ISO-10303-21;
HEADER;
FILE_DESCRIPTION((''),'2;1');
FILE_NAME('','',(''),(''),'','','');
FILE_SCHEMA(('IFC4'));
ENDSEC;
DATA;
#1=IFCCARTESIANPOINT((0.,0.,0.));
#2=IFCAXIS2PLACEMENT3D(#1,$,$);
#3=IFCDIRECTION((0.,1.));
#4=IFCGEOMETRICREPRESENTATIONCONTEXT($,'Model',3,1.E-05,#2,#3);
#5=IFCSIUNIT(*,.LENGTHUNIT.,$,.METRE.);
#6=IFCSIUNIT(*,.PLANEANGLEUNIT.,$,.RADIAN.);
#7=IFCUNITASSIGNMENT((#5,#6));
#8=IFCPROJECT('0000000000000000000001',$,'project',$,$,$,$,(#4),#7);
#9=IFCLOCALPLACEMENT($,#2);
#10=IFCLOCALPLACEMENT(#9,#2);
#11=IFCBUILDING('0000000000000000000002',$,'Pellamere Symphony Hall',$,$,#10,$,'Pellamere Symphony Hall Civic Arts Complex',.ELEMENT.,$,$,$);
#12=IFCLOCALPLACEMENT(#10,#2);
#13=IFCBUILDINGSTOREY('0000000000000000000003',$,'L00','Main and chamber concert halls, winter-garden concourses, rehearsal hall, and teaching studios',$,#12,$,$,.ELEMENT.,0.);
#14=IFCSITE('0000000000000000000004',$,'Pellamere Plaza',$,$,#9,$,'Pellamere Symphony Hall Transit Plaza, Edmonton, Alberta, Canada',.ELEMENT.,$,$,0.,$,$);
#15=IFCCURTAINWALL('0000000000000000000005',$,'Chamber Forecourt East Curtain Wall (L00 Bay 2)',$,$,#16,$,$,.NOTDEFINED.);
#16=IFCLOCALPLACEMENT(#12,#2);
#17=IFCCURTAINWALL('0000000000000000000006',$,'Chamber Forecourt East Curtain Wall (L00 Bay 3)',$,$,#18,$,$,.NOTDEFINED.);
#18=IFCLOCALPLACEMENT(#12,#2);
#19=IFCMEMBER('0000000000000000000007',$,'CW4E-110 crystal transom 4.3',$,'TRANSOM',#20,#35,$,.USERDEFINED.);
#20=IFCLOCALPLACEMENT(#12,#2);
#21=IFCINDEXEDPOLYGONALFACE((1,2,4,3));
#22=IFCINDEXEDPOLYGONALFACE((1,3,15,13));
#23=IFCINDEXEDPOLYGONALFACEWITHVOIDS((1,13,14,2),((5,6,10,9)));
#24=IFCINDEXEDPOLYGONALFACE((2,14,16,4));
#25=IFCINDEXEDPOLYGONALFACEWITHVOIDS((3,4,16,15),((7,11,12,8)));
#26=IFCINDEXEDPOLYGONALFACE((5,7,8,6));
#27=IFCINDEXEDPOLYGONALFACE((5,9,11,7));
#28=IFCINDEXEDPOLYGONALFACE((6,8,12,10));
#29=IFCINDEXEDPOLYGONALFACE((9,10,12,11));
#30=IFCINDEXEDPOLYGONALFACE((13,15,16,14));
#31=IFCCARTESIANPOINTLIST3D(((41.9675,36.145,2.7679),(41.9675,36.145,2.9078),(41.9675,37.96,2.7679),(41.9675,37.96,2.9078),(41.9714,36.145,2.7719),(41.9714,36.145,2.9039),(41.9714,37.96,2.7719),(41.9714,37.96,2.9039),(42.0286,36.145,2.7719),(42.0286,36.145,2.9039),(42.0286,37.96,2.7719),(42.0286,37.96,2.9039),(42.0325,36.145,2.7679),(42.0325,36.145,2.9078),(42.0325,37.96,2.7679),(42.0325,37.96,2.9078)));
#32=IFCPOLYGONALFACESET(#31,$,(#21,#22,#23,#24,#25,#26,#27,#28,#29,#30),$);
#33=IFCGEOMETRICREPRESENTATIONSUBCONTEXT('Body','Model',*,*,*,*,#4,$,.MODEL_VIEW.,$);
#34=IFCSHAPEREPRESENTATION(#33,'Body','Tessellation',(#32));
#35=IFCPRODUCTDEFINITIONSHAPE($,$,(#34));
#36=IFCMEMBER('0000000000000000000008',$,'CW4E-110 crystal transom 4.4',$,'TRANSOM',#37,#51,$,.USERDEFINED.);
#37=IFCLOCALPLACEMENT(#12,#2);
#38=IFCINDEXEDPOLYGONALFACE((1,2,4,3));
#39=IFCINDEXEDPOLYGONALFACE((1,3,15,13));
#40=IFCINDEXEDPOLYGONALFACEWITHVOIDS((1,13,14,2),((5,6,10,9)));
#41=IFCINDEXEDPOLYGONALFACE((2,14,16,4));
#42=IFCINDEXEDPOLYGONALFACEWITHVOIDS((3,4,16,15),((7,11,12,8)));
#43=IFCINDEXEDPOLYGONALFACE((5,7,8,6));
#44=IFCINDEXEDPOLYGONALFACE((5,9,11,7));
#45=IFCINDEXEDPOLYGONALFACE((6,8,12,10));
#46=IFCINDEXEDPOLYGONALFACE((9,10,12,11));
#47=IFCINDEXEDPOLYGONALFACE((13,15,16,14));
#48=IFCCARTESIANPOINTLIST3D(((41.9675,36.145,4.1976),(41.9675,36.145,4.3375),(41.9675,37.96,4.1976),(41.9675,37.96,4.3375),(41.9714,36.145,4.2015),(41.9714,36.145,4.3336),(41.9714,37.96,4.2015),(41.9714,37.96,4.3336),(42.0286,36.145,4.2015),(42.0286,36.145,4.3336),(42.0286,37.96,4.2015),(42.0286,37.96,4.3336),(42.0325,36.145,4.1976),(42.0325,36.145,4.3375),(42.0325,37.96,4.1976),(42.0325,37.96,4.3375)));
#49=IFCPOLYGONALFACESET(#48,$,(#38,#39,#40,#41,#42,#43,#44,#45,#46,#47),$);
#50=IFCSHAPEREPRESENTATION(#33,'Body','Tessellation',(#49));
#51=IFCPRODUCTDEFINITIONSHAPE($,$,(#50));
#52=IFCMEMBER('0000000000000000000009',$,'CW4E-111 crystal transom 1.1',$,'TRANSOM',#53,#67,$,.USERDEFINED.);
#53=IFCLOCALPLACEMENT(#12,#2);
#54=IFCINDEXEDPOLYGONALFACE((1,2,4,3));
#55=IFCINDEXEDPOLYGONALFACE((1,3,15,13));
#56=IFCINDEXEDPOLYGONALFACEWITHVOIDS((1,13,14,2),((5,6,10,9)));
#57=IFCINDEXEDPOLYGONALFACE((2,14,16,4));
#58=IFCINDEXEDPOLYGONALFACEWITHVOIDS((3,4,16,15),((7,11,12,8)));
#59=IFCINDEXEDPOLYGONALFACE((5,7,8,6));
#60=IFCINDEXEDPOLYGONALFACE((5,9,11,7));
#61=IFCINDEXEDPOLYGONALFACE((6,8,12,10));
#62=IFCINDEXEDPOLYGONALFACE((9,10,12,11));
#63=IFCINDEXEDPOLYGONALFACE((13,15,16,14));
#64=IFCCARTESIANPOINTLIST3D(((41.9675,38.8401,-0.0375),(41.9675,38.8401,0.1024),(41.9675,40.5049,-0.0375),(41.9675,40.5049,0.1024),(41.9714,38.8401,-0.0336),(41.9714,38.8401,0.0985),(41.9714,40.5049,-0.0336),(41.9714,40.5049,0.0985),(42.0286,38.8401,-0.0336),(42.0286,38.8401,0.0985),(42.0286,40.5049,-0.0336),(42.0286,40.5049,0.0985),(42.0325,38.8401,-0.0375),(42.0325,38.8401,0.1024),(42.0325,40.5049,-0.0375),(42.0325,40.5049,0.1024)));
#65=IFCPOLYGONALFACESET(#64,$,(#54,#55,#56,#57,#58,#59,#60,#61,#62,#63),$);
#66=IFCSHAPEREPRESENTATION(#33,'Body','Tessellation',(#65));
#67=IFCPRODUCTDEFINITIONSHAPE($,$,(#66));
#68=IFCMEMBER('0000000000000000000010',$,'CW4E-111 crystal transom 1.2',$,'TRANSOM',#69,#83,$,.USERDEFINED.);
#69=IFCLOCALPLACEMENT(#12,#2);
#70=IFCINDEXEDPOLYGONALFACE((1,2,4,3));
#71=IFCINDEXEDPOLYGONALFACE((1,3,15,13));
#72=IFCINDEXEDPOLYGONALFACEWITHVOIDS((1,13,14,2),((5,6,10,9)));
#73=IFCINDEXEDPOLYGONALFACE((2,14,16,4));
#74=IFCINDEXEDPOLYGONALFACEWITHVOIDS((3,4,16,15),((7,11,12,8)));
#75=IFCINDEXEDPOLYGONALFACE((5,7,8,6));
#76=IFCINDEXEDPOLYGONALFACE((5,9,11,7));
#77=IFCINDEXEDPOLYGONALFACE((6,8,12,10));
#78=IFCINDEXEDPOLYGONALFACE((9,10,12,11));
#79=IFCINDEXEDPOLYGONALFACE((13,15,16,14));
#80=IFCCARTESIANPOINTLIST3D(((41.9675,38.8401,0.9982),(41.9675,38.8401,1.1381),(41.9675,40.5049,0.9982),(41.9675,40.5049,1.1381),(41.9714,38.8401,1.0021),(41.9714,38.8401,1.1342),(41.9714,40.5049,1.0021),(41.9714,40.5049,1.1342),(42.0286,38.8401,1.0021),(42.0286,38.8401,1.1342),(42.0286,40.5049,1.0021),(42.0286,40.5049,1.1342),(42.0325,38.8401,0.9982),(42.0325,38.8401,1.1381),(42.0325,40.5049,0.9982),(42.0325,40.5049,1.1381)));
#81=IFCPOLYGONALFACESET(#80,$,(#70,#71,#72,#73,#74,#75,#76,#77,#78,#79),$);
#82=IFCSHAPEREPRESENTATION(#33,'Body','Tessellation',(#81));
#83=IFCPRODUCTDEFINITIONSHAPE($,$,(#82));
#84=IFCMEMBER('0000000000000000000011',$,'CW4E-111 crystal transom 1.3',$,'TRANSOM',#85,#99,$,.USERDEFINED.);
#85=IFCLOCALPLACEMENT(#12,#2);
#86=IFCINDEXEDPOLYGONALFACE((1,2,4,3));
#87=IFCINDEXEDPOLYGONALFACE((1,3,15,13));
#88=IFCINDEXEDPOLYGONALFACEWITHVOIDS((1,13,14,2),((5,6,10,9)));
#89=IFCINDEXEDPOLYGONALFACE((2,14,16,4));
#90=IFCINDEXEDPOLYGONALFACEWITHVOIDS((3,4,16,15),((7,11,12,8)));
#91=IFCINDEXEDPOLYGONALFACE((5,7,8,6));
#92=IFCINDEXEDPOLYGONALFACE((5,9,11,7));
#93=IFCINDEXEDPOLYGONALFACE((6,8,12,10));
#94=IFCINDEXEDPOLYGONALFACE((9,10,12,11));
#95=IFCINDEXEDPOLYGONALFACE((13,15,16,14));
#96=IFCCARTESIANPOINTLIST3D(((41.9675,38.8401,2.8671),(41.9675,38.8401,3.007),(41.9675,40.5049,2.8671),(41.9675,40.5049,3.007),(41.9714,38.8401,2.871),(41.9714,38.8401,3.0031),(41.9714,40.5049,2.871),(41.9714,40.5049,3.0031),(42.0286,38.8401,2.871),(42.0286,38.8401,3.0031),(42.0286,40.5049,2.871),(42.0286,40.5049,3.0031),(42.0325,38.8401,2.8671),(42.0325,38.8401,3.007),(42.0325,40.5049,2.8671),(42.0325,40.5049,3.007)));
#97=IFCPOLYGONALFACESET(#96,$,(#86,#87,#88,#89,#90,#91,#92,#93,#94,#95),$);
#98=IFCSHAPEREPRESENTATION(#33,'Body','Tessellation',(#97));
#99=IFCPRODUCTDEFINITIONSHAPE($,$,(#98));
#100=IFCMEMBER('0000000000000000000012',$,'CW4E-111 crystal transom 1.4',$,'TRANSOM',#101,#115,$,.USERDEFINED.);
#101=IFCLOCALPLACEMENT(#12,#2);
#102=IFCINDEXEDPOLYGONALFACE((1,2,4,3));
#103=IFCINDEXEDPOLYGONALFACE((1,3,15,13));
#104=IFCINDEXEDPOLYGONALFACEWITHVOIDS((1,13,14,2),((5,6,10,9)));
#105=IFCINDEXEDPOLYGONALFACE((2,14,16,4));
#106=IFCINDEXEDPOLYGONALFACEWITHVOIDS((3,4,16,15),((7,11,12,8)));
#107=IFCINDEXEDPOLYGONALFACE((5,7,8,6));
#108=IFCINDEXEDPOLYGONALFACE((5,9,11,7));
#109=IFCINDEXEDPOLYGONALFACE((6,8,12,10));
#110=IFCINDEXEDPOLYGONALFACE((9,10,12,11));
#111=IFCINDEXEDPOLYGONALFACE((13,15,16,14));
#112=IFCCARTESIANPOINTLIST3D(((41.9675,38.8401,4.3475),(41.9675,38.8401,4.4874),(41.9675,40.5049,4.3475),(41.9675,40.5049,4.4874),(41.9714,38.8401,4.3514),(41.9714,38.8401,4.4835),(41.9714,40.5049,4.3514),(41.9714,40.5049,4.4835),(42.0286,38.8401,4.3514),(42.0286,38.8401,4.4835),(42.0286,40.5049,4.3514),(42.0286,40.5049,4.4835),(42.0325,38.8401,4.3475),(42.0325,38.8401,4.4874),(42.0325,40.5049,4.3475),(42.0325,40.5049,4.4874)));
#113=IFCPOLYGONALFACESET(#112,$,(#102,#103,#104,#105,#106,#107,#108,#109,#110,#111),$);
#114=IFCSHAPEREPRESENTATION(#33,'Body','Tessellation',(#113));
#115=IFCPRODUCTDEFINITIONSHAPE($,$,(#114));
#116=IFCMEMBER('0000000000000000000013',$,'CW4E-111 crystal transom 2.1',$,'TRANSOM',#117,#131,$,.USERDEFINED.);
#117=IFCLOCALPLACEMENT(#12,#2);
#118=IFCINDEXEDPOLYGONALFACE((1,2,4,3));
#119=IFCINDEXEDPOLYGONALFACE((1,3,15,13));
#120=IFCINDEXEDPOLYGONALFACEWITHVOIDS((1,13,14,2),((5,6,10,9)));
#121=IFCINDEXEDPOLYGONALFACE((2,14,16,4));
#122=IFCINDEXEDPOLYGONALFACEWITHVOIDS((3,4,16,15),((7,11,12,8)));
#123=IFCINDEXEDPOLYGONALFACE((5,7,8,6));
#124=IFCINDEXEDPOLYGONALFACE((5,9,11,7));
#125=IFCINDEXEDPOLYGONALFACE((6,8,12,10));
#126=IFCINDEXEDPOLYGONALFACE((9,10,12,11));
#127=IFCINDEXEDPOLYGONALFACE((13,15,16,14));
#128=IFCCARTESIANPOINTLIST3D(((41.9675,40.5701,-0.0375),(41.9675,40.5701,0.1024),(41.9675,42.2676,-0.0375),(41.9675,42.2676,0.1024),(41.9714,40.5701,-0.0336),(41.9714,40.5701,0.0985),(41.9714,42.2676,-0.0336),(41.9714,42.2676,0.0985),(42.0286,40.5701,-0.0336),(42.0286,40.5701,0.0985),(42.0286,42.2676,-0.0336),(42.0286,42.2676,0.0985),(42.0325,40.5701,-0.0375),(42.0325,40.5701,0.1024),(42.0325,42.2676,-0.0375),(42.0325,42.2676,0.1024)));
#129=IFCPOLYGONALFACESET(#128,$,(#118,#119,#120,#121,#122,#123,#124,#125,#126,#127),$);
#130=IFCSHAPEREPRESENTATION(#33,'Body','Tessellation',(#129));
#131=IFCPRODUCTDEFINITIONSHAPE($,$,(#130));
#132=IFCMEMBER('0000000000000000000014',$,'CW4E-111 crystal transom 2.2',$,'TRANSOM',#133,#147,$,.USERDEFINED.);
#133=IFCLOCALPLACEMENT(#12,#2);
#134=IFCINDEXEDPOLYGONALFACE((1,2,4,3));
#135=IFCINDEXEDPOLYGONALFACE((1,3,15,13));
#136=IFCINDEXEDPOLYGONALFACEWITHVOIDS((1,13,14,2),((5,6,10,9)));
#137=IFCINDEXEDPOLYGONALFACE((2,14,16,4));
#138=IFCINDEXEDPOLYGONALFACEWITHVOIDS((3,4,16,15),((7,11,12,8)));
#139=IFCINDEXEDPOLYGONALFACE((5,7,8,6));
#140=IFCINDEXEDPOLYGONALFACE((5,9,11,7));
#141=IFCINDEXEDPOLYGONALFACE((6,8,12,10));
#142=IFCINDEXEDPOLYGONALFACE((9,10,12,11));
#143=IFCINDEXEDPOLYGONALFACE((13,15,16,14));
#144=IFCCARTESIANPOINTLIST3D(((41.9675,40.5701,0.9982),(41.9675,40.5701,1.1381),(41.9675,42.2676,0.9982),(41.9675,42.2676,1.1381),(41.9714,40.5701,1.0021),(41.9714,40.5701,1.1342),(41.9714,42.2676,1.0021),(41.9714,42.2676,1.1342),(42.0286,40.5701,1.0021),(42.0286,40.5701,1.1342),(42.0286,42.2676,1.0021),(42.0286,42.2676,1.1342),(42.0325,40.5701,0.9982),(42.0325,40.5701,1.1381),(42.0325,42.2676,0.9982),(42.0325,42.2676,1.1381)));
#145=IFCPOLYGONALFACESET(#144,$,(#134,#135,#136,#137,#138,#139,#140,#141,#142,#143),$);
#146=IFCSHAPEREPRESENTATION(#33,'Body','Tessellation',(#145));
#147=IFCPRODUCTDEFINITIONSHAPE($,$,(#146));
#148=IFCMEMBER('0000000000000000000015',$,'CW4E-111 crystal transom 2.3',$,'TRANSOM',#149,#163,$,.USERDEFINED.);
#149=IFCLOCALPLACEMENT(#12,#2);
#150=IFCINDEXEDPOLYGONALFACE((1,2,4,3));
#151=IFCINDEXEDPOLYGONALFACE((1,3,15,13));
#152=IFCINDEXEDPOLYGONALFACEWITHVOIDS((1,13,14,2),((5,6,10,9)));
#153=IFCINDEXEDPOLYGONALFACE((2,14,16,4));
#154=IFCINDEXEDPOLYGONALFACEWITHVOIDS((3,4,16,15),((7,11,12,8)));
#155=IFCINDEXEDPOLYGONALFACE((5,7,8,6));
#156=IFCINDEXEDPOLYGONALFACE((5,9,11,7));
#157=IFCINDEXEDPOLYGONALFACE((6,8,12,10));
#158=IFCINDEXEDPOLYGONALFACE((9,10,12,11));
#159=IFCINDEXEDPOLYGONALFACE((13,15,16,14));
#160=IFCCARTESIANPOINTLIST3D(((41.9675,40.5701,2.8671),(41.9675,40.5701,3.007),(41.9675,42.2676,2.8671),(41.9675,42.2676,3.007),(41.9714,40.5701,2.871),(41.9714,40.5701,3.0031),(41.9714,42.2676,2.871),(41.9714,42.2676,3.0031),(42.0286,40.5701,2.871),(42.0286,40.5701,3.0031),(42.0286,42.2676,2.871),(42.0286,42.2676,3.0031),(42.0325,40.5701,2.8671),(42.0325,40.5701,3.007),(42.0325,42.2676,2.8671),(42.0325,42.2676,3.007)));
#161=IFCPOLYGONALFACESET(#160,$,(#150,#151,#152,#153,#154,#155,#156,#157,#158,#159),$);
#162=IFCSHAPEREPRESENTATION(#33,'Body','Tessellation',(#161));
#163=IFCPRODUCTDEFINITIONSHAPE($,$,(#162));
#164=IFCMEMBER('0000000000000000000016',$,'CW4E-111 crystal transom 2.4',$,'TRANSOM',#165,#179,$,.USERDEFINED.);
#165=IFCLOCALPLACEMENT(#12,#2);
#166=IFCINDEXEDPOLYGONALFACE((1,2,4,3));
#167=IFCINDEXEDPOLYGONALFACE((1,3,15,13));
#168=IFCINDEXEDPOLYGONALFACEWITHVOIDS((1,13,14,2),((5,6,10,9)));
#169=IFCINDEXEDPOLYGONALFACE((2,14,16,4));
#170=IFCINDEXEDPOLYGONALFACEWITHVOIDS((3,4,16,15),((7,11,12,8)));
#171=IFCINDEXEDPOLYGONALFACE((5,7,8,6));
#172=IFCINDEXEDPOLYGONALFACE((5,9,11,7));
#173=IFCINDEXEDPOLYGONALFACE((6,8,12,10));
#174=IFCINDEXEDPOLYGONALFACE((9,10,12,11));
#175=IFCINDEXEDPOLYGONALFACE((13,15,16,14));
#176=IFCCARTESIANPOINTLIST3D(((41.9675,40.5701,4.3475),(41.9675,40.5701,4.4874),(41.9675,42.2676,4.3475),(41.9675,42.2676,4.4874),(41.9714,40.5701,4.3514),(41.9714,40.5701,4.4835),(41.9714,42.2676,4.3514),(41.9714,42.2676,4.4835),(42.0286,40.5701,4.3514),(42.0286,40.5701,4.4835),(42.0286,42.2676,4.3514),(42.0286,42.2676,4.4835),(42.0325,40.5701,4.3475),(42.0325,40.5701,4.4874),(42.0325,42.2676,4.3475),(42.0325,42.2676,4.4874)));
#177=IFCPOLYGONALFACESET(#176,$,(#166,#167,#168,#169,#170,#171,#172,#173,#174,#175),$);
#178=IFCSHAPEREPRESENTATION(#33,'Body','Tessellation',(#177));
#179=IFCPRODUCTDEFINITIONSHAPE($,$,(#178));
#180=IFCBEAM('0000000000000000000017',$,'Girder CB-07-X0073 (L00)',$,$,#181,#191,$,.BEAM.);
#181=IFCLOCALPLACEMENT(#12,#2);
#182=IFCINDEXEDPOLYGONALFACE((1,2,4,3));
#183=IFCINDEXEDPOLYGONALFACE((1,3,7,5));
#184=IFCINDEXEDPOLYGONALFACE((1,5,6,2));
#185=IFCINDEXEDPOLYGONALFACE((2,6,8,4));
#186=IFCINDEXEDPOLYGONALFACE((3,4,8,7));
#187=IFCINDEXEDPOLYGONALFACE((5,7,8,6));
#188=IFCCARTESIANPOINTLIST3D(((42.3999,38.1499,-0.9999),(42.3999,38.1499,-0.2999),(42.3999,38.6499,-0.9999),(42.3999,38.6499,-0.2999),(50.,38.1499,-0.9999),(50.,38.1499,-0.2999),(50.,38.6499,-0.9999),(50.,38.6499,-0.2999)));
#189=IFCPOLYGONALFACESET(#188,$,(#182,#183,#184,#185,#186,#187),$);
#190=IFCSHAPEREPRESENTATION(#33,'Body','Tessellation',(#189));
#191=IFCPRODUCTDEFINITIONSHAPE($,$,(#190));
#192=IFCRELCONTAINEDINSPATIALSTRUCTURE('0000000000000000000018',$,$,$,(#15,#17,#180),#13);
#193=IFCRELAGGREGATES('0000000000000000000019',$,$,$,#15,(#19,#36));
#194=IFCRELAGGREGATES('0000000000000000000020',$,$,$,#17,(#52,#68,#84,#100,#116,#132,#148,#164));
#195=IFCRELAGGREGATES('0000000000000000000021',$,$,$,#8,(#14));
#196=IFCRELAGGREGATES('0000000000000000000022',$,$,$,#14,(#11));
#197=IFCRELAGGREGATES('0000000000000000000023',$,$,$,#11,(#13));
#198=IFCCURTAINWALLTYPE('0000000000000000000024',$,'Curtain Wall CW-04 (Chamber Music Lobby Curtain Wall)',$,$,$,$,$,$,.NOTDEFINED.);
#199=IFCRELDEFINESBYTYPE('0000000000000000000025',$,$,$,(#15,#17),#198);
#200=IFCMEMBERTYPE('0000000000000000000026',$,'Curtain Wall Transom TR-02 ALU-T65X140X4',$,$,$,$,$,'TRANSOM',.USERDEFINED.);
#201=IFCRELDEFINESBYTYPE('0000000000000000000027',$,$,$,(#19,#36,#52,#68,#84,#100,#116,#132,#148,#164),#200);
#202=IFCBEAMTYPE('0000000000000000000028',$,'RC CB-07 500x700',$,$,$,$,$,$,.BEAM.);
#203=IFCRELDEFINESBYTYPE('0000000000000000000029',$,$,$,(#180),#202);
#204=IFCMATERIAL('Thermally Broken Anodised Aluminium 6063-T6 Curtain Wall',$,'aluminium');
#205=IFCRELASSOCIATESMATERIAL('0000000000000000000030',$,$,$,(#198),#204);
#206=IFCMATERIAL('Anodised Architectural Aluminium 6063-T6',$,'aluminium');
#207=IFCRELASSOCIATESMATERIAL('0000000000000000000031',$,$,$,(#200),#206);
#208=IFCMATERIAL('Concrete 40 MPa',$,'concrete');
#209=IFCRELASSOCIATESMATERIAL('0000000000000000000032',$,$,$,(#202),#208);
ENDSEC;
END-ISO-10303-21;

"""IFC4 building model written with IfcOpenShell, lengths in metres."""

from ifc_helpers import new_model, si_unit, direction, frame, origin, origin_2d, place, context, subcontext, project, spatial, rectangle, hollow_rectangle, extrude, material, material_profile, profile_set, type_object, element, aggregate, save


model = new_model("IFC4")

# Units and contexts
model_context = context("Model", 3, precision=1e-05, world=origin(), true_north=direction((0.0, 1.0)))
body_context = subcontext(model_context, "Body", "Model", "MODEL_VIEW")
ifc_project = project(units=[si_unit("LENGTHUNIT", "METRE"), si_unit("PLANEANGLEUNIT", "RADIAN")], contexts=[model_context])

# Site, building, storey
site_placement = place(None, origin())
site = spatial("IfcSite", under=ifc_project, at=site_placement, Name="Pellamere Plaza", LongName="Pellamere Symphony Hall Transit Plaza, Edmonton, Alberta, Canada", CompositionType="ELEMENT", RefElevation=0.0)
building_placement = place(site_placement, origin())
building = spatial("IfcBuilding", under=site, at=building_placement, Name="Pellamere Symphony Hall", LongName="Pellamere Symphony Hall Civic Arts Complex", CompositionType="ELEMENT")
storey_placement = place(building_placement, origin())
storey = spatial("IfcBuildingStorey", under=building, at=storey_placement, Name="L00", Description="Main and chamber concert halls, winter-garden concourses, rehearsal hall, and teaching studios", CompositionType="ELEMENT", Elevation=0.0)

# Shared definitions
ifc_material_1 = material(Name="Concrete 40 MPa", Category="concrete")

# Shared definitions
ifc_material_2 = material(Name="Thermally Broken Anodised Aluminium 6063-T6 Curtain Wall", Category="aluminium")
ifc_material_3 = material(Name="Anodised Architectural Aluminium 6063-T6", Category="aluminium")

# Curtain wall
curtain_wall_type_1 = type_object("IfcCurtainWallType", Name="Curtain Wall CW-04 (Chamber Music Lobby Curtain Wall)", PredefinedType="NOTDEFINED", material=ifc_material_2)
curtain_wall_1_placement = place(storey_placement, origin())
curtain_wall_1 = element("IfcCurtainWall", 1, at=curtain_wall_1_placement, inside=storey, type_object=curtain_wall_type_1, Name="Chamber Forecourt East Curtain Wall (L00 Bay 2)", PredefinedType="NOTDEFINED")

# Curtain wall
curtain_wall_2_placement = place(storey_placement, origin())
curtain_wall_2 = element("IfcCurtainWall", 2, at=curtain_wall_2_placement, inside=storey, type_object=curtain_wall_type_1, Name="Chamber Forecourt East Curtain Wall (L00 Bay 3)", PredefinedType="NOTDEFINED")

# Members
ifc_material_profile_1 = material_profile(ifc_material_3, hollow_rectangle(XDim=0.0649, YDim=0.1399, WallThickness=0.0039, at=origin_2d()), Name="ALU-T65X140X4")
ifc_profile_set_1 = profile_set([ifc_material_profile_1], Name="Anodised Architectural Aluminium 6063-T6")
member_type_1 = type_object("IfcMemberType", Name="Curtain Wall Transom TR-02 ALU-T65X140X4", ElementType="TRANSOM", PredefinedType="USERDEFINED", material=ifc_profile_set_1)
member_1_placement = place(storey_placement, frame((42.0, 36.145, 2.8379), z_axis=(0.0, 1.0, 0.0), x_axis=(-1.0, 0.0, 0.0)))
member_1 = element("IfcMember", 3, at=member_1_placement, type_object=member_type_1, Name="CW4E-110 crystal transom 4.3", ObjectType="TRANSOM", PredefinedType="USERDEFINED", context=body_context, shape_type="SweptSolid", body=[
    extrude(hollow_rectangle(XDim=0.0649, YDim=0.1399, WallThickness=0.0039, at=origin_2d()), origin(), (0.0, 0.0, 1.0), 1.8149),
])
member_2_placement = place(storey_placement, frame((42.0, 36.145, 4.2676), z_axis=(0.0, 1.0, 0.0), x_axis=(-1.0, 0.0, 0.0)))
member_2 = element("IfcMember", 4, at=member_2_placement, type_object=member_type_1, Name="CW4E-110 crystal transom 4.4", ObjectType="TRANSOM", PredefinedType="USERDEFINED", context=body_context, shape_type="SweptSolid", body=[
    extrude(hollow_rectangle(XDim=0.0649, YDim=0.1399, WallThickness=0.0039, at=origin_2d()), origin(), (0.0, 0.0, 1.0), 1.8149),
])
member_3_placement = place(storey_placement, frame((42.0, 38.8401, 0.0325), z_axis=(0.0, 1.0, 0.0), x_axis=(-1.0, 0.0, 0.0)))
member_3 = element("IfcMember", 5, at=member_3_placement, type_object=member_type_1, Name="CW4E-111 crystal transom 1.1", ObjectType="TRANSOM", PredefinedType="USERDEFINED", context=body_context, shape_type="SweptSolid", body=[
    extrude(hollow_rectangle(XDim=0.0649, YDim=0.1399, WallThickness=0.0039, at=origin_2d()), origin(), (0.0, 0.0, 1.0), 1.6648),
])
member_4_placement = place(storey_placement, frame((42.0, 38.8401, 1.0681), z_axis=(0.0, 1.0, 0.0), x_axis=(-1.0, 0.0, 0.0)))
member_4 = element("IfcMember", 6, at=member_4_placement, type_object=member_type_1, Name="CW4E-111 crystal transom 1.2", ObjectType="TRANSOM", PredefinedType="USERDEFINED", context=body_context, shape_type="SweptSolid", body=[
    extrude(hollow_rectangle(XDim=0.0649, YDim=0.1399, WallThickness=0.0039, at=origin_2d()), origin(), (0.0, 0.0, 1.0), 1.6648),
])
member_5_placement = place(storey_placement, frame((42.0, 38.8401, 2.937), z_axis=(0.0, 1.0, 0.0), x_axis=(-1.0, 0.0, 0.0)))
member_5 = element("IfcMember", 7, at=member_5_placement, type_object=member_type_1, Name="CW4E-111 crystal transom 1.3", ObjectType="TRANSOM", PredefinedType="USERDEFINED", context=body_context, shape_type="SweptSolid", body=[
    extrude(hollow_rectangle(XDim=0.0649, YDim=0.1399, WallThickness=0.0039, at=origin_2d()), origin(), (0.0, 0.0, 1.0), 1.6648),
])
member_6_placement = place(storey_placement, frame((42.0, 38.8401, 4.4175), z_axis=(0.0, 1.0, 0.0), x_axis=(-1.0, 0.0, 0.0)))
member_6 = element("IfcMember", 8, at=member_6_placement, type_object=member_type_1, Name="CW4E-111 crystal transom 1.4", ObjectType="TRANSOM", PredefinedType="USERDEFINED", context=body_context, shape_type="SweptSolid", body=[
    extrude(hollow_rectangle(XDim=0.0649, YDim=0.1399, WallThickness=0.0039, at=origin_2d()), origin(), (0.0, 0.0, 1.0), 1.6648),
])
member_7_placement = place(storey_placement, frame((42.0, 40.5701, 0.0325), z_axis=(0.0, 1.0, 0.0), x_axis=(-1.0, 0.0, 0.0)))
member_7 = element("IfcMember", 9, at=member_7_placement, type_object=member_type_1, Name="CW4E-111 crystal transom 2.1", ObjectType="TRANSOM", PredefinedType="USERDEFINED", context=body_context, shape_type="SweptSolid", body=[
    extrude(hollow_rectangle(XDim=0.0649, YDim=0.1399, WallThickness=0.0039, at=origin_2d()), origin(), (0.0, 0.0, 1.0), 1.6975),
])
member_8_placement = place(storey_placement, frame((42.0, 40.5701, 1.0681), z_axis=(0.0, 1.0, 0.0), x_axis=(-1.0, 0.0, 0.0)))
member_8 = element("IfcMember", 10, at=member_8_placement, type_object=member_type_1, Name="CW4E-111 crystal transom 2.2", ObjectType="TRANSOM", PredefinedType="USERDEFINED", context=body_context, shape_type="SweptSolid", body=[
    extrude(hollow_rectangle(XDim=0.0649, YDim=0.1399, WallThickness=0.0039, at=origin_2d()), origin(), (0.0, 0.0, 1.0), 1.6975),
])
member_9_placement = place(storey_placement, frame((42.0, 40.5701, 2.937), z_axis=(0.0, 1.0, 0.0), x_axis=(-1.0, 0.0, 0.0)))
member_9 = element("IfcMember", 11, at=member_9_placement, type_object=member_type_1, Name="CW4E-111 crystal transom 2.3", ObjectType="TRANSOM", PredefinedType="USERDEFINED", context=body_context, shape_type="SweptSolid", body=[
    extrude(hollow_rectangle(XDim=0.0649, YDim=0.1399, WallThickness=0.0039, at=origin_2d()), origin(), (0.0, 0.0, 1.0), 1.6975),
])
member_10_placement = place(storey_placement, frame((42.0, 40.5701, 4.4175), z_axis=(0.0, 1.0, 0.0), x_axis=(-1.0, 0.0, 0.0)))
member_10 = element("IfcMember", 12, at=member_10_placement, type_object=member_type_1, Name="CW4E-111 crystal transom 2.4", ObjectType="TRANSOM", PredefinedType="USERDEFINED", context=body_context, shape_type="SweptSolid", body=[
    extrude(hollow_rectangle(XDim=0.0649, YDim=0.1399, WallThickness=0.0039, at=origin_2d()), origin(), (0.0, 0.0, 1.0), 1.6975),
])

# Beam
ifc_material_profile_2 = material_profile(ifc_material_1, rectangle(XDim=0.5, YDim=0.7, at=origin_2d()), Name="RC 500x700")
ifc_profile_set_2 = profile_set([ifc_material_profile_2], Name="Concrete 40 MPa")
beam_type_1 = type_object("IfcBeamType", Name="RC CB-07 500x700", PredefinedType="BEAM", material=ifc_profile_set_2)
beam_1_placement = place(storey_placement, frame((42.3999, 38.3999, -0.6499), z_axis=(1.0, 0.0, 0.0), x_axis=(0.0, 1.0, 0.0)))
element("IfcBeam", 13, at=beam_1_placement, inside=storey, type_object=beam_type_1, Name="Girder CB-07-X0073 (L00)", PredefinedType="BEAM", context=body_context, shape_type="SweptSolid", body=[
    extrude(rectangle(XDim=0.5, YDim=0.7, at=origin_2d()), origin(), (0.0, 0.0, 1.0), 7.6001),
])

aggregate(curtain_wall_1, [member_1, member_2])
aggregate(curtain_wall_2, [member_3, member_4, member_5, member_6, member_7, member_8, member_9, member_10])

save(model, "model.ifc")
